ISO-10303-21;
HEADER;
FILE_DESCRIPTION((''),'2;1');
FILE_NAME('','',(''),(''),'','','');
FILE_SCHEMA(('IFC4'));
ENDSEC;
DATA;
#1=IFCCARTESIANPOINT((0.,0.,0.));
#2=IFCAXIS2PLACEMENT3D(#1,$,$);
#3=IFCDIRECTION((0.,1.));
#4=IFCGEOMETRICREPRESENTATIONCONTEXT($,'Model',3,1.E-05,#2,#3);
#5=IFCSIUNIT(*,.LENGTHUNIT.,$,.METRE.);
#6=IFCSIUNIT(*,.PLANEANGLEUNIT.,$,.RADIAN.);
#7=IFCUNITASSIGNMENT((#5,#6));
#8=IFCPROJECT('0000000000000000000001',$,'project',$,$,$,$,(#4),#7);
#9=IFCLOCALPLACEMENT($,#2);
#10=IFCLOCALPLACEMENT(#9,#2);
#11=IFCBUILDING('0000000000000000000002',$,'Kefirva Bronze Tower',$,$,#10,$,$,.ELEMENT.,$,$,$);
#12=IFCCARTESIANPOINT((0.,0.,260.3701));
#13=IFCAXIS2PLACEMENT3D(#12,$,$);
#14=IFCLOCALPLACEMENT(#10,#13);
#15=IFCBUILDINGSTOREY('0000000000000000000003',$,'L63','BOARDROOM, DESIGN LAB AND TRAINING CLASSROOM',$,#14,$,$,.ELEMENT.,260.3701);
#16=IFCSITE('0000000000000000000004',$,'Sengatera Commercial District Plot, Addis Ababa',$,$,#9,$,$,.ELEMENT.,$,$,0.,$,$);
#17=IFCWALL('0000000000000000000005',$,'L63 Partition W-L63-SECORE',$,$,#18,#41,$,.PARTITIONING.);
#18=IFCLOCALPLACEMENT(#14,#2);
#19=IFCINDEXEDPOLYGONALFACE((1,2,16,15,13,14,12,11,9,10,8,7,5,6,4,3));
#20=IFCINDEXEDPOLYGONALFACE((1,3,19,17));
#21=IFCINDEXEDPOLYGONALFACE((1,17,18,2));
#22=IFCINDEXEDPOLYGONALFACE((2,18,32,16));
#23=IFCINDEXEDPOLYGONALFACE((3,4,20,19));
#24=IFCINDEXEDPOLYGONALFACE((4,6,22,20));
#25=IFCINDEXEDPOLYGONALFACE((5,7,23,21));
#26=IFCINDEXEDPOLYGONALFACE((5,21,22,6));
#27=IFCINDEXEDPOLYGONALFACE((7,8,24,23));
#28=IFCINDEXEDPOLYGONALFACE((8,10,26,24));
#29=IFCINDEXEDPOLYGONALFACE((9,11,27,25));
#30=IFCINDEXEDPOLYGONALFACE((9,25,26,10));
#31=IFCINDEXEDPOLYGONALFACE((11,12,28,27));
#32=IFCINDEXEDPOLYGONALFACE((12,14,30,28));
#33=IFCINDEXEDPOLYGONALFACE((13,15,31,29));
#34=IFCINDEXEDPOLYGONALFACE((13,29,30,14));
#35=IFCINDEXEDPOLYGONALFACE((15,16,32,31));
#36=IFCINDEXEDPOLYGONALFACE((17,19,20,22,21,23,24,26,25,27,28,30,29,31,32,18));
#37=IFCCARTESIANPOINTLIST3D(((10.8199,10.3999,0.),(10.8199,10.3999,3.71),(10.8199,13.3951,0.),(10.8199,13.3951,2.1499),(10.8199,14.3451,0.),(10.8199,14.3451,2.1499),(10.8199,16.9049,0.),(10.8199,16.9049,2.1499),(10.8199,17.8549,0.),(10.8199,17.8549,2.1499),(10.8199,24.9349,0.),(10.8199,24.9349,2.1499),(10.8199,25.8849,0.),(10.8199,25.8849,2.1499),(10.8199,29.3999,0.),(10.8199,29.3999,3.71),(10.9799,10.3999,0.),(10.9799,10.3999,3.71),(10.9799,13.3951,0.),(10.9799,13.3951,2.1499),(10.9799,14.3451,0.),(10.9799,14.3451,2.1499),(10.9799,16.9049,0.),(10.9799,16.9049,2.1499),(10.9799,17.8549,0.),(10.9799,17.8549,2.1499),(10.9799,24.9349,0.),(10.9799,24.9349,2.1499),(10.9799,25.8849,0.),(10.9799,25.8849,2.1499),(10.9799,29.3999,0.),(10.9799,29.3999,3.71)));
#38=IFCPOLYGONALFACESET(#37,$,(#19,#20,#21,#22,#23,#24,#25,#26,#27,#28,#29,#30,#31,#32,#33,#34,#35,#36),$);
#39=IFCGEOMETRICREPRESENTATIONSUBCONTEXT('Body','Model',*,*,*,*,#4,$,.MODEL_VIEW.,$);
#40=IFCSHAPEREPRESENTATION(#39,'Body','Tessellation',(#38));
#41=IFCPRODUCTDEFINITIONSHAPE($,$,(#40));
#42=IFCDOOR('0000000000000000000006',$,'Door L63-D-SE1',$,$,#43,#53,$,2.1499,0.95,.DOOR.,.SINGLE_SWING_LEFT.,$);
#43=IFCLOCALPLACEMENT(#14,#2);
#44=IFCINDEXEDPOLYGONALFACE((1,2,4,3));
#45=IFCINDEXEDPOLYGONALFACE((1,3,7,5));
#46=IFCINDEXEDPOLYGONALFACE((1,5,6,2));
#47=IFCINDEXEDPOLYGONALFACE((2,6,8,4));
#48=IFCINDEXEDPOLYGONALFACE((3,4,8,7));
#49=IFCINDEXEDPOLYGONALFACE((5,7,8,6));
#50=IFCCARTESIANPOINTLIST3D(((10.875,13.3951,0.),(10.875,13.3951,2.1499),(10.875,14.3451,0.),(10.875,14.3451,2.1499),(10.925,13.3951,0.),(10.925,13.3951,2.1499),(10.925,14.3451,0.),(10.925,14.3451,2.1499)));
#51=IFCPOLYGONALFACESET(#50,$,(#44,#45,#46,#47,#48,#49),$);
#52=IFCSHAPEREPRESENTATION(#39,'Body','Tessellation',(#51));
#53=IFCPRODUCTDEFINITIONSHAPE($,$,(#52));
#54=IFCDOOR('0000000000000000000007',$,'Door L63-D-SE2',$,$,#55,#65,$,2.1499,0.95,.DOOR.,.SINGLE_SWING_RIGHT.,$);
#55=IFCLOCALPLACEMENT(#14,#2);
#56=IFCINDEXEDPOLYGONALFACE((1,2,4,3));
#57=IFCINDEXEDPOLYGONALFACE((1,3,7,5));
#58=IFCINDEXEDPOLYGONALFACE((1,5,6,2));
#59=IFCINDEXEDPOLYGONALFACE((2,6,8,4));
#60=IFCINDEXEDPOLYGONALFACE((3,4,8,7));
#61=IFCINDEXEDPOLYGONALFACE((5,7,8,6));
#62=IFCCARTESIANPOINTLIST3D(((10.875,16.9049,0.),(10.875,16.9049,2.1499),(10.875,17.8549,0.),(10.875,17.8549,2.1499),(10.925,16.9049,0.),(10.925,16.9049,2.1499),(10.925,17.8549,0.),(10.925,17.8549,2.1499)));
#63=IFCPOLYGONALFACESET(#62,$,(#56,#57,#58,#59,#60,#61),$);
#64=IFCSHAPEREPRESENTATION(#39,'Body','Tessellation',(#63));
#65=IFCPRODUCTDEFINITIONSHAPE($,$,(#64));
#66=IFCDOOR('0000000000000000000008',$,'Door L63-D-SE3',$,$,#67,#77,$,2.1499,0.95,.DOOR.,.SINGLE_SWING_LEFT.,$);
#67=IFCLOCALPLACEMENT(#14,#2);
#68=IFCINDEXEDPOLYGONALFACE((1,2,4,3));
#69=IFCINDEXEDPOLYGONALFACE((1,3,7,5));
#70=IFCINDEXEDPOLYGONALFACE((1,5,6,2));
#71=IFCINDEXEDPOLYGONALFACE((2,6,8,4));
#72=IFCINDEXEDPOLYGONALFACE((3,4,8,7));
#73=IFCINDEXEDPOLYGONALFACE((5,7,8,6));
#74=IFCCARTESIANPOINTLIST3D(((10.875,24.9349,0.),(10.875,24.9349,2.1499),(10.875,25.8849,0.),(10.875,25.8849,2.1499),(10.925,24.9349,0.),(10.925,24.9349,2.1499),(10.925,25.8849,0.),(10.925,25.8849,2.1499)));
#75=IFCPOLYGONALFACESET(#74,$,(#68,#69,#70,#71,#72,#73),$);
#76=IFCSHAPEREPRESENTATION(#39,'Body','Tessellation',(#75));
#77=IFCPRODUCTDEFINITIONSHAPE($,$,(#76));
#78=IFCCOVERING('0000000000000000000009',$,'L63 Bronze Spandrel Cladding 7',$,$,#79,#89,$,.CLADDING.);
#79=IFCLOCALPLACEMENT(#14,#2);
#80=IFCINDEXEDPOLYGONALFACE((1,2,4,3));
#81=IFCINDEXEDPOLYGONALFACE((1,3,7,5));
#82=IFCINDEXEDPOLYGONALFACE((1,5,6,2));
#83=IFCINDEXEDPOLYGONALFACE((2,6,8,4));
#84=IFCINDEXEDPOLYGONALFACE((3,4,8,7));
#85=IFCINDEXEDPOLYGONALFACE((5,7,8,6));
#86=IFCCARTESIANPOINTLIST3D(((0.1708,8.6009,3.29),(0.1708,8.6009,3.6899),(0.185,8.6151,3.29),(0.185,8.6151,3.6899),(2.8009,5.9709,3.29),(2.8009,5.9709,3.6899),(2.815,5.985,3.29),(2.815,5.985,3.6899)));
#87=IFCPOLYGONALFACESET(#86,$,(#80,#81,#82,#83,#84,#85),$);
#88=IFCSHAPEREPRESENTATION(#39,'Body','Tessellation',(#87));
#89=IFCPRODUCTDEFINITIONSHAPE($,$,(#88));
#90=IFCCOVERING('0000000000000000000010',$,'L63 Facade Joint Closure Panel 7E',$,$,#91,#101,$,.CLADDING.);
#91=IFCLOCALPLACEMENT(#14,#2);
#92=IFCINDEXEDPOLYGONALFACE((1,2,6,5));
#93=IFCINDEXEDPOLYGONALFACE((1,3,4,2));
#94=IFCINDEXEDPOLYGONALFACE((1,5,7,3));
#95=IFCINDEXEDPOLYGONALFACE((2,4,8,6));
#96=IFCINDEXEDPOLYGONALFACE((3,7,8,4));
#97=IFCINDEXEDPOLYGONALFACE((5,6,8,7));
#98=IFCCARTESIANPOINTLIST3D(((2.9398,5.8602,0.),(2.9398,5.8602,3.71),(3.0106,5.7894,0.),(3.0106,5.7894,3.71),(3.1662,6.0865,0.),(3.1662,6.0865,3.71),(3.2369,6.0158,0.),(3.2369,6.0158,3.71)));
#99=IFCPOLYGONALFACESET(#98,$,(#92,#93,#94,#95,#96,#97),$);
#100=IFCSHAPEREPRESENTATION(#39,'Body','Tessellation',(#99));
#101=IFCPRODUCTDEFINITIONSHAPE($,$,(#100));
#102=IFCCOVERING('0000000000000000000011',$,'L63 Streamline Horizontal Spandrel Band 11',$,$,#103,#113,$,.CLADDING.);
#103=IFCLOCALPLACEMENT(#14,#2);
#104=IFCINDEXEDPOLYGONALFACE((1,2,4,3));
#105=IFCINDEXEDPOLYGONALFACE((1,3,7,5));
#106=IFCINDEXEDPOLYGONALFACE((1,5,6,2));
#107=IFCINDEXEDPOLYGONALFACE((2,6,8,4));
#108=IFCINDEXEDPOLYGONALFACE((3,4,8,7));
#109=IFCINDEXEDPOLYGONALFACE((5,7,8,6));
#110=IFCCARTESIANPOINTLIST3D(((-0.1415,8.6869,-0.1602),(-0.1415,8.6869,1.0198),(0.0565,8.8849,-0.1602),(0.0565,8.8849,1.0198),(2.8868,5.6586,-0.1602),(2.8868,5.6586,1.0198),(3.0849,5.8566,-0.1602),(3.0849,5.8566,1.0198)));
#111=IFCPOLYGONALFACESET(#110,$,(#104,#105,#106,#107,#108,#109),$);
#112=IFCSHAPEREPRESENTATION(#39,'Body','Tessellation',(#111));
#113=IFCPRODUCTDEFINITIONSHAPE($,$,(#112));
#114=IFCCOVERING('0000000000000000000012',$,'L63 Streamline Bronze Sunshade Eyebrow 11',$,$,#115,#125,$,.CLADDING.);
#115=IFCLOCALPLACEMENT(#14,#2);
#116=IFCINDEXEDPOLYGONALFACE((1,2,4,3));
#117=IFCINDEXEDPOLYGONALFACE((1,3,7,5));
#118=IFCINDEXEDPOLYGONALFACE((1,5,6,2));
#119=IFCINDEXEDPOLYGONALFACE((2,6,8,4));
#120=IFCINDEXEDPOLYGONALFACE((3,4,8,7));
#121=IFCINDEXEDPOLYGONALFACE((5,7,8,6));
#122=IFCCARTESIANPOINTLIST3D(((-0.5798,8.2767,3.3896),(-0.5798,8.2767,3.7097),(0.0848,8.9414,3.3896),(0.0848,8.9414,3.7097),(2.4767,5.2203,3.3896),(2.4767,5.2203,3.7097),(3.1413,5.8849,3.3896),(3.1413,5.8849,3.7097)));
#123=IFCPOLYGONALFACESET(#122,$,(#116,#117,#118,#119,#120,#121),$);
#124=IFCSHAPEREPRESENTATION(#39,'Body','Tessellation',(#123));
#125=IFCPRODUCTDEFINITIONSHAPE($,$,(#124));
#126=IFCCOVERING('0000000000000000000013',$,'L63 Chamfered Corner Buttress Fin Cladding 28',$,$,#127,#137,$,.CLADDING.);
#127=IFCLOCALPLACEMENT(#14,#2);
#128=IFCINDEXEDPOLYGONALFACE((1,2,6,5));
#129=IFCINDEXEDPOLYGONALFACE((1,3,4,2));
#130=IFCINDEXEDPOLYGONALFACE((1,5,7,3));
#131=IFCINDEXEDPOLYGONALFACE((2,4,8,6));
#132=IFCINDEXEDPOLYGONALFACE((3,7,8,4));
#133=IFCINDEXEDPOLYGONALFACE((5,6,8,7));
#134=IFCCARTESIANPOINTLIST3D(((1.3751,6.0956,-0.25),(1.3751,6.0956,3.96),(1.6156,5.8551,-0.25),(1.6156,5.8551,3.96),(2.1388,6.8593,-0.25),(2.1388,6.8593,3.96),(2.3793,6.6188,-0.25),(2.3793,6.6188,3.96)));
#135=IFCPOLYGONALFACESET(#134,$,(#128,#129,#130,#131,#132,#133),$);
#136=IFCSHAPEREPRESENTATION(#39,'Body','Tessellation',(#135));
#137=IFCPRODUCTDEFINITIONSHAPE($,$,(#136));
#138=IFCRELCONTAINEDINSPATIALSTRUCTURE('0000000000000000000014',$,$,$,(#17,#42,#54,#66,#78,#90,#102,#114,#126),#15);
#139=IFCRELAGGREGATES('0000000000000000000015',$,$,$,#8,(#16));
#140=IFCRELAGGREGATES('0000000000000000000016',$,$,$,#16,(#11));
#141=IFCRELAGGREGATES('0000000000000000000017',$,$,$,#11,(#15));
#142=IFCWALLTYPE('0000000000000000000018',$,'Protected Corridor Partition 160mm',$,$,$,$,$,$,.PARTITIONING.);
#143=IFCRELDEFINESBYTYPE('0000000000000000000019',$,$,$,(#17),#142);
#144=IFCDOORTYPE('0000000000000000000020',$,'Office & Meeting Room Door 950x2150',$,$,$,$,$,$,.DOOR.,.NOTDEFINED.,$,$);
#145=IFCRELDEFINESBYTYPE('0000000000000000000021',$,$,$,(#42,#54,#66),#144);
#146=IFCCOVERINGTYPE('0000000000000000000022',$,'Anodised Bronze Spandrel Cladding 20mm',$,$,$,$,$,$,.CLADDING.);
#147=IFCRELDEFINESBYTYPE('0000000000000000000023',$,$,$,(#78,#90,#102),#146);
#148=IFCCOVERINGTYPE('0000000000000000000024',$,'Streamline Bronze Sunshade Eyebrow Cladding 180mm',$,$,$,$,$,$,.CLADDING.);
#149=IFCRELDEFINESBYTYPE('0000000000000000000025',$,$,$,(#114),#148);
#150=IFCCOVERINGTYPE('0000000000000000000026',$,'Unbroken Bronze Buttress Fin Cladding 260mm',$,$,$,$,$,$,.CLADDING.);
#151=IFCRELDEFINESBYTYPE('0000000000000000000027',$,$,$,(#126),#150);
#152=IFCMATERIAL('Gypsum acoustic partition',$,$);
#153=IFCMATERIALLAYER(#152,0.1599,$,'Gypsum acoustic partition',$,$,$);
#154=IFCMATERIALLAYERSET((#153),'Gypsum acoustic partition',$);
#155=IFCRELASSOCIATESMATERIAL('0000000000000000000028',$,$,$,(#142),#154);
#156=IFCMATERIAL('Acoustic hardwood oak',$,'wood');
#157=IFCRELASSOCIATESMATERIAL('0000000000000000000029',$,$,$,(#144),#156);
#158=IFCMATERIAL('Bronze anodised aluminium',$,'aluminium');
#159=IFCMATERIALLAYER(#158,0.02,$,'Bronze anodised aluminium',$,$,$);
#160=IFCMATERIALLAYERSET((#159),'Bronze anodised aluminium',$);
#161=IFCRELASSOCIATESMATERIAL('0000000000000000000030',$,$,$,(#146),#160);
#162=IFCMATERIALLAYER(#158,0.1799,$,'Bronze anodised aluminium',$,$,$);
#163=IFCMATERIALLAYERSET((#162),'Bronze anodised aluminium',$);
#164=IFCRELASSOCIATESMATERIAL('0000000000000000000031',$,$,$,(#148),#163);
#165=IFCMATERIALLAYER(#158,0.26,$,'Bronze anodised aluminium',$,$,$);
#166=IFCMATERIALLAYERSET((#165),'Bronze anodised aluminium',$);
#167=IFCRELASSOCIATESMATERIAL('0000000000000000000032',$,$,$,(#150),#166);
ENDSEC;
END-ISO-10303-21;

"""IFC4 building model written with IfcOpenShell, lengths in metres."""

from ifc_helpers import new_model, si_unit, direction, frame, frame_2d, origin, origin_2d, place, context, subcontext, project, spatial, rectangle, extrude, material, layer, layer_set, type_object, element, fill, save


model = new_model("IFC4")

# Units and contexts
model_context = context("Model", 3, precision=1e-05, world=origin(), true_north=direction((0.0, 1.0)))
body_context = subcontext(model_context, "Body", "Model", "MODEL_VIEW")
ifc_project = project(units=[si_unit("LENGTHUNIT", "METRE"), si_unit("PLANEANGLEUNIT", "RADIAN")], contexts=[model_context])

# Site, building, storey
site_placement = place(None, origin())
site = spatial("IfcSite", under=ifc_project, at=site_placement, Name="Sengatera Commercial District Plot, Addis Ababa", CompositionType="ELEMENT", RefElevation=0.0)
building_placement = place(site_placement, origin())
building = spatial("IfcBuilding", under=site, at=building_placement, Name="Kefirva Bronze Tower", CompositionType="ELEMENT")
storey_placement = place(building_placement, frame((0.0, 0.0, 260.3701)))
storey = spatial("IfcBuildingStorey", under=building, at=storey_placement, Name="L63", Description="BOARDROOM, DESIGN LAB AND TRAINING CLASSROOM", CompositionType="ELEMENT", Elevation=260.3701)

# Shared definitions
ifc_material_1 = material(Name="Bronze anodised aluminium", Category="aluminium")

# Shared definitions
ifc_material_2 = material(Name="Gypsum acoustic partition")

# Wall, openings, doors
ifc_layer_1 = layer(ifc_material_2, 0.1599, Name="Gypsum acoustic partition")
ifc_layer_set_1 = layer_set([ifc_layer_1], Name="Gypsum acoustic partition")
wall_type_1 = type_object("IfcWallType", Name="Protected Corridor Partition 160mm", PredefinedType="PARTITIONING", material=ifc_layer_set_1)
ifc_material_3 = material(Name="Acoustic hardwood oak", Category="wood")
door_type = type_object("IfcDoorType", Name="Office & Meeting Room Door 950x2150", OperationType="NOTDEFINED", PredefinedType="DOOR", material=ifc_material_3)
wall_1_placement = place(storey_placement, frame((10.8999, 10.3999, 0.0), z_axis=(0.0, 0.0, 1.0), x_axis=(0.0, 1.0, 0.0)))
wall_1 = element("IfcWall", 1, at=wall_1_placement, inside=storey, type_object=wall_type_1, Name="L63 Partition W-L63-SECORE", PredefinedType="PARTITIONING", context=body_context, shape_type="SweptSolid", body=[
    extrude(rectangle(XDim=19.0, YDim=0.1599, at=frame_2d((9.5, 0.0))), origin(), (0.0, 0.0, 1.0), 3.71),
])
opening_1_placement = place(wall_1_placement, frame((2.9951, 0.0, 0.0)))
opening_1 = element("IfcOpeningElement", 2, at=opening_1_placement, cuts=wall_1, PredefinedType="OPENING", context=body_context, shape_type="SweptSolid", body=[
    extrude(rectangle(XDim=0.95, YDim=2.1499, at=frame_2d((0.4751, 1.075))), frame((0.0, 0.0898, 0.0), z_axis=(0.0, -1.0, 0.0), x_axis=(1.0, 0.0, 0.0)), (0.0, 0.0, 1.0), 0.1799),
])
opening_2_placement = place(wall_1_placement, frame((6.5049, 0.0, 0.0)))
opening_2 = element("IfcOpeningElement", 3, at=opening_2_placement, cuts=wall_1, PredefinedType="OPENING", context=body_context, shape_type="SweptSolid", body=[
    extrude(rectangle(XDim=0.95, YDim=2.1499, at=frame_2d((0.4751, 1.075))), frame((0.0, 0.0898, 0.0), z_axis=(0.0, -1.0, 0.0), x_axis=(1.0, 0.0, 0.0)), (0.0, 0.0, 1.0), 0.1799),
])
opening_3_placement = place(wall_1_placement, frame((14.5349, 0.0, 0.0)))
opening_3 = element("IfcOpeningElement", 4, at=opening_3_placement, cuts=wall_1, PredefinedType="OPENING", context=body_context, shape_type="SweptSolid", body=[
    extrude(rectangle(XDim=0.95, YDim=2.1499, at=frame_2d((0.4751, 1.075))), frame((0.0, 0.0898, 0.0), z_axis=(0.0, -1.0, 0.0), x_axis=(1.0, 0.0, 0.0)), (0.0, 0.0, 1.0), 0.1799),
])
door_1_placement = place(opening_1_placement, origin())
door_1 = element("IfcDoor", 5, at=door_1_placement, inside=storey, type_object=door_type, Name="Door L63-D-SE1", OperationType="SINGLE_SWING_LEFT", OverallHeight=2.1499, OverallWidth=0.95, PredefinedType="DOOR", context=body_context, shape_type="SweptSolid", body=[
    extrude(rectangle(XDim=0.95, YDim=2.1499, at=frame_2d((0.4751, 1.075))), frame((0.0, 0.0249, 0.0), z_axis=(0.0, -1.0, 0.0), x_axis=(1.0, 0.0, 0.0)), (0.0, 0.0, 1.0), 0.05),
])
fill(opening_1, door_1)
door_2_placement = place(opening_2_placement, origin())
door_2 = element("IfcDoor", 6, at=door_2_placement, inside=storey, type_object=door_type, Name="Door L63-D-SE2", OperationType="SINGLE_SWING_RIGHT", OverallHeight=2.1499, OverallWidth=0.95, PredefinedType="DOOR", context=body_context, shape_type="SweptSolid", body=[
    extrude(rectangle(XDim=0.95, YDim=2.1499, at=frame_2d((0.4751, 1.075))), frame((0.0, 0.0249, 0.0), z_axis=(0.0, -1.0, 0.0), x_axis=(1.0, 0.0, 0.0)), (0.0, 0.0, 1.0), 0.05),
])
fill(opening_2, door_2)
door_3_placement = place(opening_3_placement, origin())
door_3 = element("IfcDoor", 7, at=door_3_placement, inside=storey, type_object=door_type, Name="Door L63-D-SE3", OperationType="SINGLE_SWING_LEFT", OverallHeight=2.1499, OverallWidth=0.95, PredefinedType="DOOR", context=body_context, shape_type="SweptSolid", body=[
    extrude(rectangle(XDim=0.95, YDim=2.1499, at=frame_2d((0.4751, 1.075))), frame((0.0, 0.0249, 0.0), z_axis=(0.0, -1.0, 0.0), x_axis=(1.0, 0.0, 0.0)), (0.0, 0.0, 1.0), 0.05),
])
fill(opening_3, door_3)

# Coverings
ifc_layer_2 = layer(ifc_material_1, 0.02, Name="Bronze anodised aluminium")
ifc_layer_set_2 = layer_set([ifc_layer_2], Name="Bronze anodised aluminium")
covering_type_1 = type_object("IfcCoveringType", Name="Anodised Bronze Spandrel Cladding 20mm", PredefinedType="CLADDING", material=ifc_layer_set_2)
covering_1_placement = place(storey_placement, frame((1.4929, 7.293, 3.29), z_axis=(0.0, 0.0, 1.0), x_axis=(0.707107, -0.707107, 0.0)))
element("IfcCovering", 8, at=covering_1_placement, inside=storey, type_object=covering_type_1, Name="L63 Bronze Spandrel Cladding 7", PredefinedType="CLADDING", context=body_context, shape_type="SweptSolid", body=[
    extrude(rectangle(XDim=3.7195, YDim=0.02, at=origin_2d()), origin(), (0.0, 0.0, 1.0), 0.3999),
])
covering_2_placement = place(storey_placement, frame((3.0884, 5.938, 0.0), z_axis=(0.0, 0.0, 1.0), x_axis=(0.707107, -0.707107, 0.0)))
element("IfcCovering", 9, at=covering_2_placement, inside=storey, type_object=covering_type_1, Name="L63 Facade Joint Closure Panel 7E", PredefinedType="CLADDING", context=body_context, shape_type="SweptSolid", body=[
    extrude(rectangle(XDim=0.1001, YDim=0.3201, at=origin_2d()), origin(), (0.0, 0.0, 1.0), 3.71),
])
covering_3_placement = place(storey_placement, frame((1.4717, 7.2717, -0.1602), z_axis=(0.0, 0.0, 1.0), x_axis=(0.707107, -0.707107, 0.0)))
element("IfcCovering", 10, at=covering_3_placement, inside=storey, type_object=covering_type_1, Name="L63 Streamline Horizontal Spandrel Band 11", PredefinedType="CLADDING", context=body_context, shape_type="SweptSolid", body=[
    extrude(rectangle(XDim=4.2827, YDim=0.28, at=origin_2d()), origin(), (0.0, 0.0, 1.0), 1.1799),
])
ifc_layer_3 = layer(ifc_material_1, 0.1799, Name="Bronze anodised aluminium")
ifc_layer_set_3 = layer_set([ifc_layer_3], Name="Bronze anodised aluminium")
covering_type_2 = type_object("IfcCoveringType", Name="Streamline Bronze Sunshade Eyebrow Cladding 180mm", PredefinedType="CLADDING", material=ifc_layer_set_3)
covering_4_placement = place(storey_placement, frame((1.2808, 7.0808, 3.3896), z_axis=(0.0, 0.0, 1.0), x_axis=(0.707107, -0.707107, 0.0)))
element("IfcCovering", 11, at=covering_4_placement, inside=storey, type_object=covering_type_2, Name="L63 Streamline Bronze Sunshade Eyebrow 11", PredefinedType="CLADDING", context=body_context, shape_type="SweptSolid", body=[
    extrude(rectangle(XDim=4.3225, YDim=0.9399, at=origin_2d()), origin(), (0.0, 0.0, 1.0), 0.3201),
])
ifc_layer_4 = layer(ifc_material_1, 0.26, Name="Bronze anodised aluminium")
ifc_layer_set_4 = layer_set([ifc_layer_4], Name="Bronze anodised aluminium")
covering_type_3 = type_object("IfcCoveringType", Name="Unbroken Bronze Buttress Fin Cladding 260mm", PredefinedType="CLADDING", material=ifc_layer_set_4)
covering_5_placement = place(storey_placement, frame((1.8772, 6.3572, -0.25), z_axis=(0.0, 0.0, 1.0), x_axis=(0.707107, -0.707107, 0.0)))
element("IfcCovering", 12, at=covering_5_placement, inside=storey, type_object=covering_type_3, Name="L63 Chamfered Corner Buttress Fin Cladding 28", PredefinedType="CLADDING", context=body_context, shape_type="SweptSolid", body=[
    extrude(rectangle(XDim=0.3401, YDim=1.0801, at=origin_2d()), origin(), (0.0, 0.0, 1.0), 4.21),
])

save(model, "model.ifc")
